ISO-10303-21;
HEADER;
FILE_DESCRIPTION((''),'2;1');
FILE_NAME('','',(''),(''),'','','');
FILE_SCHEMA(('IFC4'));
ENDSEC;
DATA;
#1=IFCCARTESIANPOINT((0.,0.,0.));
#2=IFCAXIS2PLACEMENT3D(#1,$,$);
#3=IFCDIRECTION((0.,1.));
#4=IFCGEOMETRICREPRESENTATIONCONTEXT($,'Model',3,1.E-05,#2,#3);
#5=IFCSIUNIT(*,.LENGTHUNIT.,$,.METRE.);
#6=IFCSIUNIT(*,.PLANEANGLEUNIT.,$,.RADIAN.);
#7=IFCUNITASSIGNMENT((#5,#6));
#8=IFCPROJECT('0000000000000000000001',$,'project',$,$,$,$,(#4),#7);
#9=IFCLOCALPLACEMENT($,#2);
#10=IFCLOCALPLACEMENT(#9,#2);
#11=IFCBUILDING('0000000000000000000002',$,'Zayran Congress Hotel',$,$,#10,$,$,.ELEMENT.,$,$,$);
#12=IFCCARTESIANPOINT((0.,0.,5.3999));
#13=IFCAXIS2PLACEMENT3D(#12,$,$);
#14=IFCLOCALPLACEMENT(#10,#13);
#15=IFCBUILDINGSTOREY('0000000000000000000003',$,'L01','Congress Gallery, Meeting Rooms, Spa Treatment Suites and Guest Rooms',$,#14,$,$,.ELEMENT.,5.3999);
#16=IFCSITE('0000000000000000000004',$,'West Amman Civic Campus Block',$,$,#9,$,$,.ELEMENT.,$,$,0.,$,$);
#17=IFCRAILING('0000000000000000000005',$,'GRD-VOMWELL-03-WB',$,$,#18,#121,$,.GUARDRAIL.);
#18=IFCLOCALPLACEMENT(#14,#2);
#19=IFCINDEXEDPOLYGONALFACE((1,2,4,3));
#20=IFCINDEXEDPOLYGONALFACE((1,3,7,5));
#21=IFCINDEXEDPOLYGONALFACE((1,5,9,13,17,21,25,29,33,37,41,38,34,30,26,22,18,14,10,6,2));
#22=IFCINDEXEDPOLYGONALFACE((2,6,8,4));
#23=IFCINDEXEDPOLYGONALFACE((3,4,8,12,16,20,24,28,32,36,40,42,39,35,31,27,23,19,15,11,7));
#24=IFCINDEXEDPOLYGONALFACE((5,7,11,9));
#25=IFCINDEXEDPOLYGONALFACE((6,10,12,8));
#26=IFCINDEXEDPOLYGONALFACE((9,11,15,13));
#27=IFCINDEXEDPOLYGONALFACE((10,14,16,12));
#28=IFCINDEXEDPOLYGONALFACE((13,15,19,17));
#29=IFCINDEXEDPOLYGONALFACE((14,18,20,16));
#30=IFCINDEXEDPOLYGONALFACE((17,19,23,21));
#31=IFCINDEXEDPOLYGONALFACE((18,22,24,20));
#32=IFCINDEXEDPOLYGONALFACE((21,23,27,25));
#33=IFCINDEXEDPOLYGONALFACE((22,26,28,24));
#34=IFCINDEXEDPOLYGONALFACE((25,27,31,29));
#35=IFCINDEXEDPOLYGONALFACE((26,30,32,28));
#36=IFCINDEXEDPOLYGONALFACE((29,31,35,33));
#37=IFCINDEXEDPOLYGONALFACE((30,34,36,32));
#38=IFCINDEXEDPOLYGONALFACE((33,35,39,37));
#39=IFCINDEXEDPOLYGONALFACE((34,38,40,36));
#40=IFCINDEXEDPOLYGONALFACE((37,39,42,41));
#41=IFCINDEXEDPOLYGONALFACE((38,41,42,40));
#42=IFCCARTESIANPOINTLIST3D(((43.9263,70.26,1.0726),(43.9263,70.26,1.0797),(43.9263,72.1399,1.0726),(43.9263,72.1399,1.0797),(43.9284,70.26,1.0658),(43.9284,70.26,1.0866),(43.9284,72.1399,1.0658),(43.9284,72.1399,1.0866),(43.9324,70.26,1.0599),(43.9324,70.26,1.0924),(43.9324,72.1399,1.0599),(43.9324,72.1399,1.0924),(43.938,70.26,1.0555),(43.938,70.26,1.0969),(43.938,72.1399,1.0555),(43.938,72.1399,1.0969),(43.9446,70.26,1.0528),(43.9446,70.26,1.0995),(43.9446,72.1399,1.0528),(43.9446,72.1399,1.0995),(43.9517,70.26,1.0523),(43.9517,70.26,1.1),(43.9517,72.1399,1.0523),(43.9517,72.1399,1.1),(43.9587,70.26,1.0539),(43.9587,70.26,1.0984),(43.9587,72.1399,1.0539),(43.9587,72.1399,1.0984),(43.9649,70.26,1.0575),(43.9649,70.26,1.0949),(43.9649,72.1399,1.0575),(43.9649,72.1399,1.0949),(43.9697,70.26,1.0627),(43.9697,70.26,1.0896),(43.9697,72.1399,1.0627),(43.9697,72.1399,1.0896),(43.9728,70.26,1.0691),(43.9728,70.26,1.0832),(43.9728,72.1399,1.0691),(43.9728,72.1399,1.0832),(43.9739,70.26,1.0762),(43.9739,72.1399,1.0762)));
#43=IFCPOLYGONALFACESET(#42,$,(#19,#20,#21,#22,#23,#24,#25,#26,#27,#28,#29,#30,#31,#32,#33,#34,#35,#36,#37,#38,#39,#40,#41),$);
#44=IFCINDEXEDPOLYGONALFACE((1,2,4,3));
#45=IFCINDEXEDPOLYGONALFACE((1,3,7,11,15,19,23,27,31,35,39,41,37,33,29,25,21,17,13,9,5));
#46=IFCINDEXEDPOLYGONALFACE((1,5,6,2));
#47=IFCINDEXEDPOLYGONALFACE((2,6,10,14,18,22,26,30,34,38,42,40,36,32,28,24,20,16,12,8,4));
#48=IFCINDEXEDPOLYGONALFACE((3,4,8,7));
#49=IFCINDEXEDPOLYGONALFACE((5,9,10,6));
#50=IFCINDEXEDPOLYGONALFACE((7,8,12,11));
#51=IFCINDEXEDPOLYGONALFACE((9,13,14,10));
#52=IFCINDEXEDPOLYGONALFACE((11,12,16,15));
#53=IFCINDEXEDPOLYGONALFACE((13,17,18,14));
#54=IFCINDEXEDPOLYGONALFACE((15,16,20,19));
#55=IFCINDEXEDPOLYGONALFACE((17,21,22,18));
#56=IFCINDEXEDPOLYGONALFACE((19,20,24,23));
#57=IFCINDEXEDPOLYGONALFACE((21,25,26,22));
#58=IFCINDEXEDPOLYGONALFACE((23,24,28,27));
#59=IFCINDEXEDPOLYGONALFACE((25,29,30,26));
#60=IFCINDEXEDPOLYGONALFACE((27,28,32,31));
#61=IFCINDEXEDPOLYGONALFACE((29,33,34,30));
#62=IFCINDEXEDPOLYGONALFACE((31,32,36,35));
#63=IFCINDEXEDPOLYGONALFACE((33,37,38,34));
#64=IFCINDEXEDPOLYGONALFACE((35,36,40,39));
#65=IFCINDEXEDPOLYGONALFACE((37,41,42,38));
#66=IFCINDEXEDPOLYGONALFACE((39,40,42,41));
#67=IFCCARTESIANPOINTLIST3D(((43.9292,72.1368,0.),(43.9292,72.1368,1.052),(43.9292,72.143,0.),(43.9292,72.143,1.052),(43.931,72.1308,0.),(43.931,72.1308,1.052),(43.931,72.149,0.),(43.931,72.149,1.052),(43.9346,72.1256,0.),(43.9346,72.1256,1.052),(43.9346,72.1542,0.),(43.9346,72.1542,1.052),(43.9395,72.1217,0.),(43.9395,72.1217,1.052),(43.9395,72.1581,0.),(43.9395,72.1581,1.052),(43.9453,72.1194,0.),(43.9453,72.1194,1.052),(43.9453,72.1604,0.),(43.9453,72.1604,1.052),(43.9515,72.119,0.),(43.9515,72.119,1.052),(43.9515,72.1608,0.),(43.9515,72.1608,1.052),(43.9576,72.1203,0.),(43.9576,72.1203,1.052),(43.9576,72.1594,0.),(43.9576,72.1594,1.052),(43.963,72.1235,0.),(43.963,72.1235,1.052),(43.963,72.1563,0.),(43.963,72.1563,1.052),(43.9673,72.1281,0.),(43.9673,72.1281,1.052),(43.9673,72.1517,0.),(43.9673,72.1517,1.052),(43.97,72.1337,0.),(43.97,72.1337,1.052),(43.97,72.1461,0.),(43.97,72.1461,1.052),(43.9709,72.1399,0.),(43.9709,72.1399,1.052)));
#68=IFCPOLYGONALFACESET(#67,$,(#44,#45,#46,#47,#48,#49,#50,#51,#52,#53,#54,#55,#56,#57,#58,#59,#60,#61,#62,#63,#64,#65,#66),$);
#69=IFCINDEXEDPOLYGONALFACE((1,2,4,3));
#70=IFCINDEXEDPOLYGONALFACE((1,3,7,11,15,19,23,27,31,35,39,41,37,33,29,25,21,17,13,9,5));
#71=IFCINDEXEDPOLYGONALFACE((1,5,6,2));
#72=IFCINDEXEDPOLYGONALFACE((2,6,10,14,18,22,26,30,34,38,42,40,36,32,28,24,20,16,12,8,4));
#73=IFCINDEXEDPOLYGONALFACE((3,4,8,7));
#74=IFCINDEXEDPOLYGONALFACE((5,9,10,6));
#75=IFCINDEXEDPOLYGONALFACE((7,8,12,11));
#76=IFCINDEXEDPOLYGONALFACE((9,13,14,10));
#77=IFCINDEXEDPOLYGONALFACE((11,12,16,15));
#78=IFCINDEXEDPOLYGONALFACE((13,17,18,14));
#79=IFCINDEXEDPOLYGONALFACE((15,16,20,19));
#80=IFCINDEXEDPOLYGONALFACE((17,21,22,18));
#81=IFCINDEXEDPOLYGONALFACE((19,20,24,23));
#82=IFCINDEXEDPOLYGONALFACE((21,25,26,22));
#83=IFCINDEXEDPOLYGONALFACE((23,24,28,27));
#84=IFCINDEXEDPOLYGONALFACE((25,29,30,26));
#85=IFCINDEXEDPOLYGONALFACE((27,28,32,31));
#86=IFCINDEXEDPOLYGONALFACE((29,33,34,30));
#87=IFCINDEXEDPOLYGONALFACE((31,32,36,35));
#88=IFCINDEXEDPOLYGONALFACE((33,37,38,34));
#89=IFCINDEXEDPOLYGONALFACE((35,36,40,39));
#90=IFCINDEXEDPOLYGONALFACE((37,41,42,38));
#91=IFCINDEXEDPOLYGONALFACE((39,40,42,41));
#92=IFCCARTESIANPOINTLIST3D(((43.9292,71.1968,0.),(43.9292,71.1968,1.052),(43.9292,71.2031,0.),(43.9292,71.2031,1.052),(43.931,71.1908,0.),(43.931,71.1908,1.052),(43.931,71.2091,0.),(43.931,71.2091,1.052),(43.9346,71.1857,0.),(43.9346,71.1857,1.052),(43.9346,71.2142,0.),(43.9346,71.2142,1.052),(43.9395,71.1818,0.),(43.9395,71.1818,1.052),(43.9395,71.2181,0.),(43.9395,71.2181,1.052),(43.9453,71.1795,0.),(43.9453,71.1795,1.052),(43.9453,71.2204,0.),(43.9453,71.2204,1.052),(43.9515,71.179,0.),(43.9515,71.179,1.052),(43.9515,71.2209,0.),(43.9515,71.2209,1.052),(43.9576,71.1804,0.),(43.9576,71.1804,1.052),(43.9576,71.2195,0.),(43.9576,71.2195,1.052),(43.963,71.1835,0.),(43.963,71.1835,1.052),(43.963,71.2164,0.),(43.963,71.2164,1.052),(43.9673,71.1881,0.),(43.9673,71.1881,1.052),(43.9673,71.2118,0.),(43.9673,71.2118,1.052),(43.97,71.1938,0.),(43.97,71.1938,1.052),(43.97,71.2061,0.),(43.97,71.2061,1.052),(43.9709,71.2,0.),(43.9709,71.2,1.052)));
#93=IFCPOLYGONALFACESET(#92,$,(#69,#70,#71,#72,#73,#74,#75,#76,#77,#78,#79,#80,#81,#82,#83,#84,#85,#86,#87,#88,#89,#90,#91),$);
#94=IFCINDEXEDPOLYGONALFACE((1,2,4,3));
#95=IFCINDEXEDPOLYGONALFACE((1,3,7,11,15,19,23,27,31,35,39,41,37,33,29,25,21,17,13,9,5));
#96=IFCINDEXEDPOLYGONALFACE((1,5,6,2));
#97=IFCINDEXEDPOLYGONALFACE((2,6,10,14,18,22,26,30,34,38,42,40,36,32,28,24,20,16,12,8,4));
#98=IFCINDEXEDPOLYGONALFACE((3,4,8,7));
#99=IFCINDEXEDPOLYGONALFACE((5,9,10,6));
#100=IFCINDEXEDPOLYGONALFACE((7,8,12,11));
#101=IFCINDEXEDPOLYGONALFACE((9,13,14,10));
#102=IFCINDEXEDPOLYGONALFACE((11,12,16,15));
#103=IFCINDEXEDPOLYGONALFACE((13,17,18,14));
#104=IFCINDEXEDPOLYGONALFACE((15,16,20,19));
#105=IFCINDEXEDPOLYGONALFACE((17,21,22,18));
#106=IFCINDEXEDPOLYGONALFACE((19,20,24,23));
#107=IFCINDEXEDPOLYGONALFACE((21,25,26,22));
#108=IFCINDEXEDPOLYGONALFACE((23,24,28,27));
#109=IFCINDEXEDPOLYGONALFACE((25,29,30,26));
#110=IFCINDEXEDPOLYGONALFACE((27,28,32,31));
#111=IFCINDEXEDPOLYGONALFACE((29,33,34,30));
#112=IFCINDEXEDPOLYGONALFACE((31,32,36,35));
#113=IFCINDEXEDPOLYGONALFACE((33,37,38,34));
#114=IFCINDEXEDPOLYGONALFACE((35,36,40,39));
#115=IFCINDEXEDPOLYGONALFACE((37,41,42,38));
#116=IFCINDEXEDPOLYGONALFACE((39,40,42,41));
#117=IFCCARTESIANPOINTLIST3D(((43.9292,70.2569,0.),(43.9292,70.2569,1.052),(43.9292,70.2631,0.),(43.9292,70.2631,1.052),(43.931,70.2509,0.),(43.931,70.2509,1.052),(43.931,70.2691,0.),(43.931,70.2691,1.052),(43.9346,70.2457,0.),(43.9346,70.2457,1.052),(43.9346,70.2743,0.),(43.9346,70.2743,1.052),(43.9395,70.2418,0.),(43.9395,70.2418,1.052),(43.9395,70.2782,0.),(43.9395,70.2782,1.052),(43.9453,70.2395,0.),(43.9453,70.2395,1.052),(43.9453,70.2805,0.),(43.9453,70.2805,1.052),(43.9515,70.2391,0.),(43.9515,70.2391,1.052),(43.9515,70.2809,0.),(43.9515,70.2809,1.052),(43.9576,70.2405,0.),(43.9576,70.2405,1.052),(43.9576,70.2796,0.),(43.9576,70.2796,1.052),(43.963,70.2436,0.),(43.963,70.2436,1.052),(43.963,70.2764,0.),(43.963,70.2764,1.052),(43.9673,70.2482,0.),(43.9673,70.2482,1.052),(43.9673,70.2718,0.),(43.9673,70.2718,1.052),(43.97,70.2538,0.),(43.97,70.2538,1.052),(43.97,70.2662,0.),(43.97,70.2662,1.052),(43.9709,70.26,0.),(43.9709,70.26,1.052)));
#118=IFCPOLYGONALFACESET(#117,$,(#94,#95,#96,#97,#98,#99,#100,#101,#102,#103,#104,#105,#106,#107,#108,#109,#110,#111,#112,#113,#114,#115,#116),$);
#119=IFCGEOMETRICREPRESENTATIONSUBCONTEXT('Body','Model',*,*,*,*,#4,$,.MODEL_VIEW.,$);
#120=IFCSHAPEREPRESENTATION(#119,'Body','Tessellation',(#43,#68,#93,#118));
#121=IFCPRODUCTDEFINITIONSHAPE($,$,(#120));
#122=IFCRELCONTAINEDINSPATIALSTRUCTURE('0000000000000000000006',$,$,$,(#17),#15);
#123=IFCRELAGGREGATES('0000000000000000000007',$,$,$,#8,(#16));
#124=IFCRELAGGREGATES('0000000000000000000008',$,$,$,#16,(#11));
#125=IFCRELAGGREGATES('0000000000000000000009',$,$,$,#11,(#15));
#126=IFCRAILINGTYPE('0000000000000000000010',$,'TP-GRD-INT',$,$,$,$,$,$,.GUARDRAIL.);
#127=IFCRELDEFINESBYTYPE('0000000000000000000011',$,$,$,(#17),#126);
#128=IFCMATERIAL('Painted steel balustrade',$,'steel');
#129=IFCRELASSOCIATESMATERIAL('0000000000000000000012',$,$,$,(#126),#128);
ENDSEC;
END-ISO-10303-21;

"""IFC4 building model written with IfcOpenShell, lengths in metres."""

from ifc_helpers import new_model, si_unit, direction, frame, origin, origin_2d, place, context, subcontext, project, spatial, circle, extrude, material, type_object, element, save


model = new_model("IFC4")

# Units and contexts
model_context = context("Model", 3, precision=1e-05, world=origin(), true_north=direction((0.0, 1.0)))
body_context = subcontext(model_context, "Body", "Model", "MODEL_VIEW")
ifc_project = project(units=[si_unit("LENGTHUNIT", "METRE"), si_unit("PLANEANGLEUNIT", "RADIAN")], contexts=[model_context])

# Site, building, storey
site_placement = place(None, origin())
site = spatial("IfcSite", under=ifc_project, at=site_placement, Name="West Amman Civic Campus Block", CompositionType="ELEMENT", RefElevation=0.0)
building_placement = place(site_placement, origin())
building = spatial("IfcBuilding", under=site, at=building_placement, Name="Zayran Congress Hotel", CompositionType="ELEMENT")
storey_placement = place(building_placement, frame((0.0, 0.0, 5.3999)))
storey = spatial("IfcBuildingStorey", under=building, at=storey_placement, Name="L01", Description="Congress Gallery, Meeting Rooms, Spa Treatment Suites and Guest Rooms", CompositionType="ELEMENT", Elevation=5.3999)

# Railing
ifc_material_1 = material(Name="Painted steel balustrade", Category="steel")
railing_type = type_object("IfcRailingType", Name="TP-GRD-INT", PredefinedType="GUARDRAIL", material=ifc_material_1)
railing_1_placement = place(storey_placement, frame((43.95, 72.1399, 0.0)))
element("IfcRailing", 1, at=railing_1_placement, inside=storey, type_object=railing_type, Name="GRD-VOMWELL-03-WB", PredefinedType="GUARDRAIL", context=body_context, shape_type="SweptSolid", body=[
    extrude(circle(Radius=0.0239, at=origin_2d()), frame((0.0, 0.0, 1.0762), z_axis=(0.0, -1.0, 0.0), x_axis=(1.0, 0.0, 0.0)), (0.0, 0.0, 1.0), 1.8799),
    extrude(circle(Radius=0.021, at=origin_2d()), origin(), (0.0, 0.0, 1.0), 1.052),
    extrude(circle(Radius=0.021, at=origin_2d()), frame((0.0, -0.9399, 0.0)), (0.0, 0.0, 1.0), 1.052),
    extrude(circle(Radius=0.021, at=origin_2d()), frame((0.0, -1.8799, 0.0)), (0.0, 0.0, 1.0), 1.052),
])

save(model, "model.ifc")
